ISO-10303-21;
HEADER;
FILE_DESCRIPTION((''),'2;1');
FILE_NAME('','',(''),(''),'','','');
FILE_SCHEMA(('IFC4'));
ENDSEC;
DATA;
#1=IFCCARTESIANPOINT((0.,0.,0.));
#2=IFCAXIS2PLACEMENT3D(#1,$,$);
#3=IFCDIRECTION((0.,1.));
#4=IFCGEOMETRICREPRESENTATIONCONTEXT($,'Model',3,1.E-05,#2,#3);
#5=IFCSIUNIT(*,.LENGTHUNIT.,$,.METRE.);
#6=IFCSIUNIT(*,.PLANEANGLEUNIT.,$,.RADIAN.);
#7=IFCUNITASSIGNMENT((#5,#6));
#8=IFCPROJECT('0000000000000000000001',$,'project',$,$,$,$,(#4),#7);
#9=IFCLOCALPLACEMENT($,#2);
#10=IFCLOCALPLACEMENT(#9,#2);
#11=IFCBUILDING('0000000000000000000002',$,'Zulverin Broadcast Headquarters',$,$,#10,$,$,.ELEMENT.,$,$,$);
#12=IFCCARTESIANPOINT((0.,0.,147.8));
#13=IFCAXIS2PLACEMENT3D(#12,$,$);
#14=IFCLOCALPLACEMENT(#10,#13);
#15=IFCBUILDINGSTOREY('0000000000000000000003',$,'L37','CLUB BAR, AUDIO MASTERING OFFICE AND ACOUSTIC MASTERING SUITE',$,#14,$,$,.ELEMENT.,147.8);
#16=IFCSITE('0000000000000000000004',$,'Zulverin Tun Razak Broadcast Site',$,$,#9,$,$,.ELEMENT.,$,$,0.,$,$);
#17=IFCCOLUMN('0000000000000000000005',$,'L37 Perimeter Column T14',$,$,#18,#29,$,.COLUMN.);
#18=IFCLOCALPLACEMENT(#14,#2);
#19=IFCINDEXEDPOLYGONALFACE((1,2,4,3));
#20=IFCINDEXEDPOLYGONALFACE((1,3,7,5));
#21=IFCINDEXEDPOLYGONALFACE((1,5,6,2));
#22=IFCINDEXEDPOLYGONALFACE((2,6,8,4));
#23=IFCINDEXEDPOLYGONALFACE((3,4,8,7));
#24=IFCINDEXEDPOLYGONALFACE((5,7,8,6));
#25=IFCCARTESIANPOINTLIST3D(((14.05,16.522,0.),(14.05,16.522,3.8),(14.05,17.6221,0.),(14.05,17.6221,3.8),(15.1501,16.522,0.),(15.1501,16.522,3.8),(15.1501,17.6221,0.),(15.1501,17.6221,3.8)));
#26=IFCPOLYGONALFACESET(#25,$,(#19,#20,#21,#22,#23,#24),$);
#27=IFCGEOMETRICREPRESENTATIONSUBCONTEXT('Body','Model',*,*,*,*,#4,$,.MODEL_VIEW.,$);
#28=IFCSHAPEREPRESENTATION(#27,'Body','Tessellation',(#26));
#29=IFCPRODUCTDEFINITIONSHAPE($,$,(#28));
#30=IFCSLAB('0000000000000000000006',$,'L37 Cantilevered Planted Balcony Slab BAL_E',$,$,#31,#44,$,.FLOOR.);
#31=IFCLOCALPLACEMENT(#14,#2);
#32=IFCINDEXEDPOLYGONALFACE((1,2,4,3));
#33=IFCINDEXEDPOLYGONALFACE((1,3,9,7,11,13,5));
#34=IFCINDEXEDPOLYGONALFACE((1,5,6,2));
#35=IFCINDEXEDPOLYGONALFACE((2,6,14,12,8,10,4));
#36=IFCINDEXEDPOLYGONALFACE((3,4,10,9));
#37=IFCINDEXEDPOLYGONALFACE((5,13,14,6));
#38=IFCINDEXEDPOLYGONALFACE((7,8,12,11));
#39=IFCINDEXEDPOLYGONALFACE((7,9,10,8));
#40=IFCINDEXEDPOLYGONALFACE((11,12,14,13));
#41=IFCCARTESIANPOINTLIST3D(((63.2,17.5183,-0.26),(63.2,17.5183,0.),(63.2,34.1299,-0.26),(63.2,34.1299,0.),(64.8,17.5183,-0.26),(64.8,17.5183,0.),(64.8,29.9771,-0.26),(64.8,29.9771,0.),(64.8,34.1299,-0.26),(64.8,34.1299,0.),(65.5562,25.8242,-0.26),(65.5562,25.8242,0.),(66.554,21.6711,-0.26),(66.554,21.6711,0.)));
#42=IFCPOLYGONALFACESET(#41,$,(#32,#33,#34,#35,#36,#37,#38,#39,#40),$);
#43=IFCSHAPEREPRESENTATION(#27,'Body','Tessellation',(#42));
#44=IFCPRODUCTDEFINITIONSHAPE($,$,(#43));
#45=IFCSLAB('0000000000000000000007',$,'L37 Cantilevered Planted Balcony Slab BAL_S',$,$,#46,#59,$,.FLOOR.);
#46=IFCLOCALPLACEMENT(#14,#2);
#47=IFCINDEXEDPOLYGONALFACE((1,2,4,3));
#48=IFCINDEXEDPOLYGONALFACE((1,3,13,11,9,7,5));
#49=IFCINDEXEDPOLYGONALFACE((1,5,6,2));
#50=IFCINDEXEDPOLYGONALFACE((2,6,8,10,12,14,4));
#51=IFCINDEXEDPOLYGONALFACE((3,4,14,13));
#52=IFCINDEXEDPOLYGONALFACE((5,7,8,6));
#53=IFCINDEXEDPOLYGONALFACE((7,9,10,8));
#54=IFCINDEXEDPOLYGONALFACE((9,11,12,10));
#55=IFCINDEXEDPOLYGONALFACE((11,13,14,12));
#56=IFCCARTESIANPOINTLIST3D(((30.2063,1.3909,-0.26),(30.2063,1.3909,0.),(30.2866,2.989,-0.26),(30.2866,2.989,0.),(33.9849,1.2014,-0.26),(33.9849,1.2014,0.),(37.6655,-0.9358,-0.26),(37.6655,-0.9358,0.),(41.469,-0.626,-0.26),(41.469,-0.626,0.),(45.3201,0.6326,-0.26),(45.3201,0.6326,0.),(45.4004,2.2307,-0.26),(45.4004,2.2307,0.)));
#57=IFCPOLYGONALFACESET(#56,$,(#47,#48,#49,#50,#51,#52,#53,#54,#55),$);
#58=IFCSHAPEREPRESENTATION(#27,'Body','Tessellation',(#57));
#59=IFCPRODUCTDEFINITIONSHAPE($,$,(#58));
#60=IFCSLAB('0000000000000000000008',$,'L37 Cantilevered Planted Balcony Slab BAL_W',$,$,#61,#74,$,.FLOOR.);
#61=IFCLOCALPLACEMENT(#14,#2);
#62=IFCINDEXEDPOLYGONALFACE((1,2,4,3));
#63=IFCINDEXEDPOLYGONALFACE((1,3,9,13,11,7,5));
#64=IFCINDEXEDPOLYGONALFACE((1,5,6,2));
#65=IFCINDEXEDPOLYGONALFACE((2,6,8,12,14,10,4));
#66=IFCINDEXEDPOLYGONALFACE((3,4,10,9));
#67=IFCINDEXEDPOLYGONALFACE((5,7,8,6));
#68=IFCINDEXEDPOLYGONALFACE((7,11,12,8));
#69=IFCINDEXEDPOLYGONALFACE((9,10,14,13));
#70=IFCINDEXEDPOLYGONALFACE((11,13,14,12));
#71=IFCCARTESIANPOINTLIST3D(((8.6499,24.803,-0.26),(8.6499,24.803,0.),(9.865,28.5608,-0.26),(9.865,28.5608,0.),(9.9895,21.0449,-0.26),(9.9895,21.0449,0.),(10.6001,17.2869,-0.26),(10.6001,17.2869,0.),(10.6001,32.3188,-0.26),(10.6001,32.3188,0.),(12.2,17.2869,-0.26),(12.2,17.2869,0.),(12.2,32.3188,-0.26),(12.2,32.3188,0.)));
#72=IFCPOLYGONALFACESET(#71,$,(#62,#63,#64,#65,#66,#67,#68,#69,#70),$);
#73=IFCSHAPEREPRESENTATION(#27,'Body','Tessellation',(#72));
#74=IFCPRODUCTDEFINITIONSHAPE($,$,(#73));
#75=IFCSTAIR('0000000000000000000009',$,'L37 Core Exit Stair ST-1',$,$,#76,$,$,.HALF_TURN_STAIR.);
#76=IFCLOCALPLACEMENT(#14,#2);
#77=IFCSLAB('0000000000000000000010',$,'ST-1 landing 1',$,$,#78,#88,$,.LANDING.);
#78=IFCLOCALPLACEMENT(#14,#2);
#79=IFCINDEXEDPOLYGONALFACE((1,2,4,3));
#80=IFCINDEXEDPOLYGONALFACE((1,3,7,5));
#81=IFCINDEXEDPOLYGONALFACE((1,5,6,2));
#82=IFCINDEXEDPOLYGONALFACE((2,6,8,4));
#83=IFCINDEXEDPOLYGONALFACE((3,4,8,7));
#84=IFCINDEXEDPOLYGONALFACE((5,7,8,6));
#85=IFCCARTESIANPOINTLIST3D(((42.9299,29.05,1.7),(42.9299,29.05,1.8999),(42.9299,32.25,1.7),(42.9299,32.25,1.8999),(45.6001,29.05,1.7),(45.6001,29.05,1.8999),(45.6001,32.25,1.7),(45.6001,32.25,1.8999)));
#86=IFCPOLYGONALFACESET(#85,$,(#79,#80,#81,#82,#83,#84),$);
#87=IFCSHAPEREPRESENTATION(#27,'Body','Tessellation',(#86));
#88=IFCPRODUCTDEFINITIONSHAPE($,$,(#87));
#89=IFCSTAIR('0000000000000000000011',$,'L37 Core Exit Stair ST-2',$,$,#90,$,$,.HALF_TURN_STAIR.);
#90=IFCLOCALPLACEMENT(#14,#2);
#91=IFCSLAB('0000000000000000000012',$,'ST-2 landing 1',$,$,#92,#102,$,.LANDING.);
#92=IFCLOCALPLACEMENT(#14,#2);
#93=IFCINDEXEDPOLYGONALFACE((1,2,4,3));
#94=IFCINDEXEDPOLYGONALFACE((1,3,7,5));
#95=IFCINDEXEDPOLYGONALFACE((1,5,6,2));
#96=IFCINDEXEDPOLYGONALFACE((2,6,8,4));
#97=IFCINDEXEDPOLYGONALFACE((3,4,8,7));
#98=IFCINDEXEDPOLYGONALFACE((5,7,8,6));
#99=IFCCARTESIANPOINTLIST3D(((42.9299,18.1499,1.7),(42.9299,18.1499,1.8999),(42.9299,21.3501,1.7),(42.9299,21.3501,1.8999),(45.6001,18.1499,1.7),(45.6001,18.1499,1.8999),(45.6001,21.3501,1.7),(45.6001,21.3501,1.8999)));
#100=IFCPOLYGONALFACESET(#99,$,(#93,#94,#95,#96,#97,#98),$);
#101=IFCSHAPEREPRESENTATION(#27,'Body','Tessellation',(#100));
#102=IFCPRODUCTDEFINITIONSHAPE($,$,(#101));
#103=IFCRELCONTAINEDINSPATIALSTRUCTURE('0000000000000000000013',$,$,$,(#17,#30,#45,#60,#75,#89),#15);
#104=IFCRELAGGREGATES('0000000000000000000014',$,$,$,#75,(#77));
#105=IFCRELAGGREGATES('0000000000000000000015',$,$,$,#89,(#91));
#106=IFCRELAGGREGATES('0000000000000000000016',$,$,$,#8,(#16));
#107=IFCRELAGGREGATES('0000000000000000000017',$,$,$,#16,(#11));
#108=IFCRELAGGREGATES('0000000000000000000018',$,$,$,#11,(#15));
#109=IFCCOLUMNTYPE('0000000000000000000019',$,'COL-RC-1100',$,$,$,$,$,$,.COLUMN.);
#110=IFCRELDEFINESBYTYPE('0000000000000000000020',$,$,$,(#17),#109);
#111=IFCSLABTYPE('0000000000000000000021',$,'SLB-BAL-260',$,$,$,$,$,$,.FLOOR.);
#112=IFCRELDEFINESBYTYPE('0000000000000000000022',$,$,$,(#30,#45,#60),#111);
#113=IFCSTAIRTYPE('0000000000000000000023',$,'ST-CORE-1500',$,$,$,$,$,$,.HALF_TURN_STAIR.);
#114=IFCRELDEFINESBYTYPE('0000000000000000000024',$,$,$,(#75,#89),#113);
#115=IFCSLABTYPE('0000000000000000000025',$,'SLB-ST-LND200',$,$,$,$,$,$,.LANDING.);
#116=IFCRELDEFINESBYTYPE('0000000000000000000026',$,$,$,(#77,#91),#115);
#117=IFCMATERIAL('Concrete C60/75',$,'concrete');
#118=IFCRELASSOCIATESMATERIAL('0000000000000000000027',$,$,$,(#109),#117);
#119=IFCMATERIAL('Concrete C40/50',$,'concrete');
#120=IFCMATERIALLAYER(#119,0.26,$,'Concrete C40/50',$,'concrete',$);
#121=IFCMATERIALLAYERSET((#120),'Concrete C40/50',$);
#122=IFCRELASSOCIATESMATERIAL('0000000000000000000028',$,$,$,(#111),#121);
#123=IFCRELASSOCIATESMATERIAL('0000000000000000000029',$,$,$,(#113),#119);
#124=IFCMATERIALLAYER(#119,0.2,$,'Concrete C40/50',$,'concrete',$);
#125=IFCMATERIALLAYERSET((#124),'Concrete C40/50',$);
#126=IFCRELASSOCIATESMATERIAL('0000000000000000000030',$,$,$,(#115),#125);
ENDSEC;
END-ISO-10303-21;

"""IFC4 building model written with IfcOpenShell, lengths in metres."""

from ifc_helpers import new_model, si_unit, direction, frame, origin, origin_2d, place, context, subcontext, project, spatial, polyline, rectangle, outline, extrude, material, layer, layer_set, material_profile, profile_set, type_object, element, aggregate, save


model = new_model("IFC4")

# Units and contexts
model_context = context("Model", 3, precision=1e-05, world=origin(), true_north=direction((0.0, 1.0)))
body_context = subcontext(model_context, "Body", "Model", "MODEL_VIEW")
ifc_project = project(units=[si_unit("LENGTHUNIT", "METRE"), si_unit("PLANEANGLEUNIT", "RADIAN")], contexts=[model_context])

# Site, building, storey
site_placement = place(None, origin())
site = spatial("IfcSite", under=ifc_project, at=site_placement, Name="Zulverin Tun Razak Broadcast Site", CompositionType="ELEMENT", RefElevation=0.0)
building_placement = place(site_placement, origin())
building = spatial("IfcBuilding", under=site, at=building_placement, Name="Zulverin Broadcast Headquarters", CompositionType="ELEMENT")
storey_placement = place(building_placement, frame((0.0, 0.0, 147.8)))
storey = spatial("IfcBuildingStorey", under=building, at=storey_placement, Name="L37", Description="CLUB BAR, AUDIO MASTERING OFFICE AND ACOUSTIC MASTERING SUITE", CompositionType="ELEMENT", Elevation=147.8)

# Column
ifc_material_1 = material(Name="Concrete C60/75", Category="concrete")
ifc_material_profile = material_profile(ifc_material_1, rectangle(XDim=1.1001, YDim=1.1001, at=origin_2d()), Name="Concrete C60/75", Category="concrete")
ifc_profile_set = profile_set([ifc_material_profile], Name="Concrete C60/75")
column_type = type_object("IfcColumnType", Name="COL-RC-1100", PredefinedType="COLUMN", material=ifc_profile_set)
column_placement = place(storey_placement, frame((14.6001, 17.072, 0.0), z_axis=(0.0, 0.0, 1.0), x_axis=(1.0, 0.0, 0.0)))
element("IfcColumn", 1, at=column_placement, inside=storey, type_object=column_type, Name="L37 Perimeter Column T14", PredefinedType="COLUMN", context=body_context, shape_type="SweptSolid", body=[
    extrude(rectangle(XDim=1.1001, YDim=1.1001, at=origin_2d()), origin(), (0.0, 0.0, 1.0), 3.8),
])

# Slabs
ifc_material_2 = material(Name="Concrete C40/50", Category="concrete")
ifc_layer_1 = layer(ifc_material_2, 0.26, Name="Concrete C40/50", Category="concrete")
ifc_layer_set_1 = layer_set([ifc_layer_1], Name="Concrete C40/50")
slab_type_1 = type_object("IfcSlabType", Name="SLB-BAL-260", PredefinedType="FLOOR", material=ifc_layer_set_1)
slab_1_placement = place(storey_placement, frame((0.0, 0.0, -0.26)))
element("IfcSlab", 2, at=slab_1_placement, inside=storey, type_object=slab_type_1, Name="L37 Cantilevered Planted Balcony Slab BAL_E", PredefinedType="FLOOR", context=body_context, shape_type="SweptSolid", body=[
    extrude(outline(polyline([(63.2, 34.1299), (63.2, 17.5183), (64.8, 17.5183), (66.554, 21.6711), (65.5562, 25.8242), (64.8, 29.9771), (64.8, 34.1299), (63.2, 34.1299)])), origin(), (0.0, 0.0, 1.0), 0.26),
])
slab_2_placement = place(storey_placement, frame((0.0, 0.0, -0.26)))
element("IfcSlab", 3, at=slab_2_placement, inside=storey, type_object=slab_type_1, Name="L37 Cantilevered Planted Balcony Slab BAL_S", PredefinedType="FLOOR", context=body_context, shape_type="SweptSolid", body=[
    extrude(outline(polyline([(45.4004, 2.2307), (30.2866, 2.989), (30.2063, 1.3909), (33.9849, 1.2014), (37.6655, -0.9358), (41.469, -0.626), (45.3201, 0.6326), (45.4004, 2.2307)])), origin(), (0.0, 0.0, 1.0), 0.26),
])
slab_3_placement = place(storey_placement, frame((0.0, 0.0, -0.26)))
element("IfcSlab", 4, at=slab_3_placement, inside=storey, type_object=slab_type_1, Name="L37 Cantilevered Planted Balcony Slab BAL_W", PredefinedType="FLOOR", context=body_context, shape_type="SweptSolid", body=[
    extrude(outline(polyline([(12.2, 17.2869), (12.2, 32.3188), (10.6001, 32.3188), (9.865, 28.5608), (8.6499, 24.803), (9.9895, 21.0449), (10.6001, 17.2869), (12.2, 17.2869)])), origin(), (0.0, 0.0, 1.0), 0.26),
])

# Stairs, slabs
stair_type = type_object("IfcStairType", Name="ST-CORE-1500", PredefinedType="HALF_TURN_STAIR", material=ifc_material_2)
stair_1_placement = place(storey_placement, origin())
stair_1 = element("IfcStair", 5, at=stair_1_placement, inside=storey, type_object=stair_type, Name="L37 Core Exit Stair ST-1", PredefinedType="HALF_TURN_STAIR")
ifc_layer_2 = layer(ifc_material_2, 0.2, Name="Concrete C40/50", Category="concrete")
ifc_layer_set_2 = layer_set([ifc_layer_2], Name="Concrete C40/50")
slab_type_2 = type_object("IfcSlabType", Name="SLB-ST-LND200", PredefinedType="LANDING", material=ifc_layer_set_2)
slab_4_placement = place(storey_placement, frame((0.0, 0.0, 1.7)))
slab_4 = element("IfcSlab", 6, at=slab_4_placement, type_object=slab_type_2, Name="ST-1 landing 1", PredefinedType="LANDING", context=body_context, shape_type="SweptSolid", body=[
    extrude(outline(polyline([(42.9299, 29.05), (45.6001, 29.05), (45.6001, 32.25), (42.9299, 32.25), (42.9299, 29.05)])), origin(), (0.0, 0.0, 1.0), 0.2),
])
aggregate(stair_1, [slab_4])
stair_2_placement = place(storey_placement, origin())
stair_2 = element("IfcStair", 7, at=stair_2_placement, inside=storey, type_object=stair_type, Name="L37 Core Exit Stair ST-2", PredefinedType="HALF_TURN_STAIR")
slab_5_placement = place(storey_placement, frame((0.0, 0.0, 1.7)))
slab_5 = element("IfcSlab", 8, at=slab_5_placement, type_object=slab_type_2, Name="ST-2 landing 1", PredefinedType="LANDING", context=body_context, shape_type="SweptSolid", body=[
    extrude(outline(polyline([(42.9299, 18.1499), (45.6001, 18.1499), (45.6001, 21.3501), (42.9299, 21.3501), (42.9299, 18.1499)])), origin(), (0.0, 0.0, 1.0), 0.2),
])
aggregate(stair_2, [slab_5])

save(model, "model.ifc")
